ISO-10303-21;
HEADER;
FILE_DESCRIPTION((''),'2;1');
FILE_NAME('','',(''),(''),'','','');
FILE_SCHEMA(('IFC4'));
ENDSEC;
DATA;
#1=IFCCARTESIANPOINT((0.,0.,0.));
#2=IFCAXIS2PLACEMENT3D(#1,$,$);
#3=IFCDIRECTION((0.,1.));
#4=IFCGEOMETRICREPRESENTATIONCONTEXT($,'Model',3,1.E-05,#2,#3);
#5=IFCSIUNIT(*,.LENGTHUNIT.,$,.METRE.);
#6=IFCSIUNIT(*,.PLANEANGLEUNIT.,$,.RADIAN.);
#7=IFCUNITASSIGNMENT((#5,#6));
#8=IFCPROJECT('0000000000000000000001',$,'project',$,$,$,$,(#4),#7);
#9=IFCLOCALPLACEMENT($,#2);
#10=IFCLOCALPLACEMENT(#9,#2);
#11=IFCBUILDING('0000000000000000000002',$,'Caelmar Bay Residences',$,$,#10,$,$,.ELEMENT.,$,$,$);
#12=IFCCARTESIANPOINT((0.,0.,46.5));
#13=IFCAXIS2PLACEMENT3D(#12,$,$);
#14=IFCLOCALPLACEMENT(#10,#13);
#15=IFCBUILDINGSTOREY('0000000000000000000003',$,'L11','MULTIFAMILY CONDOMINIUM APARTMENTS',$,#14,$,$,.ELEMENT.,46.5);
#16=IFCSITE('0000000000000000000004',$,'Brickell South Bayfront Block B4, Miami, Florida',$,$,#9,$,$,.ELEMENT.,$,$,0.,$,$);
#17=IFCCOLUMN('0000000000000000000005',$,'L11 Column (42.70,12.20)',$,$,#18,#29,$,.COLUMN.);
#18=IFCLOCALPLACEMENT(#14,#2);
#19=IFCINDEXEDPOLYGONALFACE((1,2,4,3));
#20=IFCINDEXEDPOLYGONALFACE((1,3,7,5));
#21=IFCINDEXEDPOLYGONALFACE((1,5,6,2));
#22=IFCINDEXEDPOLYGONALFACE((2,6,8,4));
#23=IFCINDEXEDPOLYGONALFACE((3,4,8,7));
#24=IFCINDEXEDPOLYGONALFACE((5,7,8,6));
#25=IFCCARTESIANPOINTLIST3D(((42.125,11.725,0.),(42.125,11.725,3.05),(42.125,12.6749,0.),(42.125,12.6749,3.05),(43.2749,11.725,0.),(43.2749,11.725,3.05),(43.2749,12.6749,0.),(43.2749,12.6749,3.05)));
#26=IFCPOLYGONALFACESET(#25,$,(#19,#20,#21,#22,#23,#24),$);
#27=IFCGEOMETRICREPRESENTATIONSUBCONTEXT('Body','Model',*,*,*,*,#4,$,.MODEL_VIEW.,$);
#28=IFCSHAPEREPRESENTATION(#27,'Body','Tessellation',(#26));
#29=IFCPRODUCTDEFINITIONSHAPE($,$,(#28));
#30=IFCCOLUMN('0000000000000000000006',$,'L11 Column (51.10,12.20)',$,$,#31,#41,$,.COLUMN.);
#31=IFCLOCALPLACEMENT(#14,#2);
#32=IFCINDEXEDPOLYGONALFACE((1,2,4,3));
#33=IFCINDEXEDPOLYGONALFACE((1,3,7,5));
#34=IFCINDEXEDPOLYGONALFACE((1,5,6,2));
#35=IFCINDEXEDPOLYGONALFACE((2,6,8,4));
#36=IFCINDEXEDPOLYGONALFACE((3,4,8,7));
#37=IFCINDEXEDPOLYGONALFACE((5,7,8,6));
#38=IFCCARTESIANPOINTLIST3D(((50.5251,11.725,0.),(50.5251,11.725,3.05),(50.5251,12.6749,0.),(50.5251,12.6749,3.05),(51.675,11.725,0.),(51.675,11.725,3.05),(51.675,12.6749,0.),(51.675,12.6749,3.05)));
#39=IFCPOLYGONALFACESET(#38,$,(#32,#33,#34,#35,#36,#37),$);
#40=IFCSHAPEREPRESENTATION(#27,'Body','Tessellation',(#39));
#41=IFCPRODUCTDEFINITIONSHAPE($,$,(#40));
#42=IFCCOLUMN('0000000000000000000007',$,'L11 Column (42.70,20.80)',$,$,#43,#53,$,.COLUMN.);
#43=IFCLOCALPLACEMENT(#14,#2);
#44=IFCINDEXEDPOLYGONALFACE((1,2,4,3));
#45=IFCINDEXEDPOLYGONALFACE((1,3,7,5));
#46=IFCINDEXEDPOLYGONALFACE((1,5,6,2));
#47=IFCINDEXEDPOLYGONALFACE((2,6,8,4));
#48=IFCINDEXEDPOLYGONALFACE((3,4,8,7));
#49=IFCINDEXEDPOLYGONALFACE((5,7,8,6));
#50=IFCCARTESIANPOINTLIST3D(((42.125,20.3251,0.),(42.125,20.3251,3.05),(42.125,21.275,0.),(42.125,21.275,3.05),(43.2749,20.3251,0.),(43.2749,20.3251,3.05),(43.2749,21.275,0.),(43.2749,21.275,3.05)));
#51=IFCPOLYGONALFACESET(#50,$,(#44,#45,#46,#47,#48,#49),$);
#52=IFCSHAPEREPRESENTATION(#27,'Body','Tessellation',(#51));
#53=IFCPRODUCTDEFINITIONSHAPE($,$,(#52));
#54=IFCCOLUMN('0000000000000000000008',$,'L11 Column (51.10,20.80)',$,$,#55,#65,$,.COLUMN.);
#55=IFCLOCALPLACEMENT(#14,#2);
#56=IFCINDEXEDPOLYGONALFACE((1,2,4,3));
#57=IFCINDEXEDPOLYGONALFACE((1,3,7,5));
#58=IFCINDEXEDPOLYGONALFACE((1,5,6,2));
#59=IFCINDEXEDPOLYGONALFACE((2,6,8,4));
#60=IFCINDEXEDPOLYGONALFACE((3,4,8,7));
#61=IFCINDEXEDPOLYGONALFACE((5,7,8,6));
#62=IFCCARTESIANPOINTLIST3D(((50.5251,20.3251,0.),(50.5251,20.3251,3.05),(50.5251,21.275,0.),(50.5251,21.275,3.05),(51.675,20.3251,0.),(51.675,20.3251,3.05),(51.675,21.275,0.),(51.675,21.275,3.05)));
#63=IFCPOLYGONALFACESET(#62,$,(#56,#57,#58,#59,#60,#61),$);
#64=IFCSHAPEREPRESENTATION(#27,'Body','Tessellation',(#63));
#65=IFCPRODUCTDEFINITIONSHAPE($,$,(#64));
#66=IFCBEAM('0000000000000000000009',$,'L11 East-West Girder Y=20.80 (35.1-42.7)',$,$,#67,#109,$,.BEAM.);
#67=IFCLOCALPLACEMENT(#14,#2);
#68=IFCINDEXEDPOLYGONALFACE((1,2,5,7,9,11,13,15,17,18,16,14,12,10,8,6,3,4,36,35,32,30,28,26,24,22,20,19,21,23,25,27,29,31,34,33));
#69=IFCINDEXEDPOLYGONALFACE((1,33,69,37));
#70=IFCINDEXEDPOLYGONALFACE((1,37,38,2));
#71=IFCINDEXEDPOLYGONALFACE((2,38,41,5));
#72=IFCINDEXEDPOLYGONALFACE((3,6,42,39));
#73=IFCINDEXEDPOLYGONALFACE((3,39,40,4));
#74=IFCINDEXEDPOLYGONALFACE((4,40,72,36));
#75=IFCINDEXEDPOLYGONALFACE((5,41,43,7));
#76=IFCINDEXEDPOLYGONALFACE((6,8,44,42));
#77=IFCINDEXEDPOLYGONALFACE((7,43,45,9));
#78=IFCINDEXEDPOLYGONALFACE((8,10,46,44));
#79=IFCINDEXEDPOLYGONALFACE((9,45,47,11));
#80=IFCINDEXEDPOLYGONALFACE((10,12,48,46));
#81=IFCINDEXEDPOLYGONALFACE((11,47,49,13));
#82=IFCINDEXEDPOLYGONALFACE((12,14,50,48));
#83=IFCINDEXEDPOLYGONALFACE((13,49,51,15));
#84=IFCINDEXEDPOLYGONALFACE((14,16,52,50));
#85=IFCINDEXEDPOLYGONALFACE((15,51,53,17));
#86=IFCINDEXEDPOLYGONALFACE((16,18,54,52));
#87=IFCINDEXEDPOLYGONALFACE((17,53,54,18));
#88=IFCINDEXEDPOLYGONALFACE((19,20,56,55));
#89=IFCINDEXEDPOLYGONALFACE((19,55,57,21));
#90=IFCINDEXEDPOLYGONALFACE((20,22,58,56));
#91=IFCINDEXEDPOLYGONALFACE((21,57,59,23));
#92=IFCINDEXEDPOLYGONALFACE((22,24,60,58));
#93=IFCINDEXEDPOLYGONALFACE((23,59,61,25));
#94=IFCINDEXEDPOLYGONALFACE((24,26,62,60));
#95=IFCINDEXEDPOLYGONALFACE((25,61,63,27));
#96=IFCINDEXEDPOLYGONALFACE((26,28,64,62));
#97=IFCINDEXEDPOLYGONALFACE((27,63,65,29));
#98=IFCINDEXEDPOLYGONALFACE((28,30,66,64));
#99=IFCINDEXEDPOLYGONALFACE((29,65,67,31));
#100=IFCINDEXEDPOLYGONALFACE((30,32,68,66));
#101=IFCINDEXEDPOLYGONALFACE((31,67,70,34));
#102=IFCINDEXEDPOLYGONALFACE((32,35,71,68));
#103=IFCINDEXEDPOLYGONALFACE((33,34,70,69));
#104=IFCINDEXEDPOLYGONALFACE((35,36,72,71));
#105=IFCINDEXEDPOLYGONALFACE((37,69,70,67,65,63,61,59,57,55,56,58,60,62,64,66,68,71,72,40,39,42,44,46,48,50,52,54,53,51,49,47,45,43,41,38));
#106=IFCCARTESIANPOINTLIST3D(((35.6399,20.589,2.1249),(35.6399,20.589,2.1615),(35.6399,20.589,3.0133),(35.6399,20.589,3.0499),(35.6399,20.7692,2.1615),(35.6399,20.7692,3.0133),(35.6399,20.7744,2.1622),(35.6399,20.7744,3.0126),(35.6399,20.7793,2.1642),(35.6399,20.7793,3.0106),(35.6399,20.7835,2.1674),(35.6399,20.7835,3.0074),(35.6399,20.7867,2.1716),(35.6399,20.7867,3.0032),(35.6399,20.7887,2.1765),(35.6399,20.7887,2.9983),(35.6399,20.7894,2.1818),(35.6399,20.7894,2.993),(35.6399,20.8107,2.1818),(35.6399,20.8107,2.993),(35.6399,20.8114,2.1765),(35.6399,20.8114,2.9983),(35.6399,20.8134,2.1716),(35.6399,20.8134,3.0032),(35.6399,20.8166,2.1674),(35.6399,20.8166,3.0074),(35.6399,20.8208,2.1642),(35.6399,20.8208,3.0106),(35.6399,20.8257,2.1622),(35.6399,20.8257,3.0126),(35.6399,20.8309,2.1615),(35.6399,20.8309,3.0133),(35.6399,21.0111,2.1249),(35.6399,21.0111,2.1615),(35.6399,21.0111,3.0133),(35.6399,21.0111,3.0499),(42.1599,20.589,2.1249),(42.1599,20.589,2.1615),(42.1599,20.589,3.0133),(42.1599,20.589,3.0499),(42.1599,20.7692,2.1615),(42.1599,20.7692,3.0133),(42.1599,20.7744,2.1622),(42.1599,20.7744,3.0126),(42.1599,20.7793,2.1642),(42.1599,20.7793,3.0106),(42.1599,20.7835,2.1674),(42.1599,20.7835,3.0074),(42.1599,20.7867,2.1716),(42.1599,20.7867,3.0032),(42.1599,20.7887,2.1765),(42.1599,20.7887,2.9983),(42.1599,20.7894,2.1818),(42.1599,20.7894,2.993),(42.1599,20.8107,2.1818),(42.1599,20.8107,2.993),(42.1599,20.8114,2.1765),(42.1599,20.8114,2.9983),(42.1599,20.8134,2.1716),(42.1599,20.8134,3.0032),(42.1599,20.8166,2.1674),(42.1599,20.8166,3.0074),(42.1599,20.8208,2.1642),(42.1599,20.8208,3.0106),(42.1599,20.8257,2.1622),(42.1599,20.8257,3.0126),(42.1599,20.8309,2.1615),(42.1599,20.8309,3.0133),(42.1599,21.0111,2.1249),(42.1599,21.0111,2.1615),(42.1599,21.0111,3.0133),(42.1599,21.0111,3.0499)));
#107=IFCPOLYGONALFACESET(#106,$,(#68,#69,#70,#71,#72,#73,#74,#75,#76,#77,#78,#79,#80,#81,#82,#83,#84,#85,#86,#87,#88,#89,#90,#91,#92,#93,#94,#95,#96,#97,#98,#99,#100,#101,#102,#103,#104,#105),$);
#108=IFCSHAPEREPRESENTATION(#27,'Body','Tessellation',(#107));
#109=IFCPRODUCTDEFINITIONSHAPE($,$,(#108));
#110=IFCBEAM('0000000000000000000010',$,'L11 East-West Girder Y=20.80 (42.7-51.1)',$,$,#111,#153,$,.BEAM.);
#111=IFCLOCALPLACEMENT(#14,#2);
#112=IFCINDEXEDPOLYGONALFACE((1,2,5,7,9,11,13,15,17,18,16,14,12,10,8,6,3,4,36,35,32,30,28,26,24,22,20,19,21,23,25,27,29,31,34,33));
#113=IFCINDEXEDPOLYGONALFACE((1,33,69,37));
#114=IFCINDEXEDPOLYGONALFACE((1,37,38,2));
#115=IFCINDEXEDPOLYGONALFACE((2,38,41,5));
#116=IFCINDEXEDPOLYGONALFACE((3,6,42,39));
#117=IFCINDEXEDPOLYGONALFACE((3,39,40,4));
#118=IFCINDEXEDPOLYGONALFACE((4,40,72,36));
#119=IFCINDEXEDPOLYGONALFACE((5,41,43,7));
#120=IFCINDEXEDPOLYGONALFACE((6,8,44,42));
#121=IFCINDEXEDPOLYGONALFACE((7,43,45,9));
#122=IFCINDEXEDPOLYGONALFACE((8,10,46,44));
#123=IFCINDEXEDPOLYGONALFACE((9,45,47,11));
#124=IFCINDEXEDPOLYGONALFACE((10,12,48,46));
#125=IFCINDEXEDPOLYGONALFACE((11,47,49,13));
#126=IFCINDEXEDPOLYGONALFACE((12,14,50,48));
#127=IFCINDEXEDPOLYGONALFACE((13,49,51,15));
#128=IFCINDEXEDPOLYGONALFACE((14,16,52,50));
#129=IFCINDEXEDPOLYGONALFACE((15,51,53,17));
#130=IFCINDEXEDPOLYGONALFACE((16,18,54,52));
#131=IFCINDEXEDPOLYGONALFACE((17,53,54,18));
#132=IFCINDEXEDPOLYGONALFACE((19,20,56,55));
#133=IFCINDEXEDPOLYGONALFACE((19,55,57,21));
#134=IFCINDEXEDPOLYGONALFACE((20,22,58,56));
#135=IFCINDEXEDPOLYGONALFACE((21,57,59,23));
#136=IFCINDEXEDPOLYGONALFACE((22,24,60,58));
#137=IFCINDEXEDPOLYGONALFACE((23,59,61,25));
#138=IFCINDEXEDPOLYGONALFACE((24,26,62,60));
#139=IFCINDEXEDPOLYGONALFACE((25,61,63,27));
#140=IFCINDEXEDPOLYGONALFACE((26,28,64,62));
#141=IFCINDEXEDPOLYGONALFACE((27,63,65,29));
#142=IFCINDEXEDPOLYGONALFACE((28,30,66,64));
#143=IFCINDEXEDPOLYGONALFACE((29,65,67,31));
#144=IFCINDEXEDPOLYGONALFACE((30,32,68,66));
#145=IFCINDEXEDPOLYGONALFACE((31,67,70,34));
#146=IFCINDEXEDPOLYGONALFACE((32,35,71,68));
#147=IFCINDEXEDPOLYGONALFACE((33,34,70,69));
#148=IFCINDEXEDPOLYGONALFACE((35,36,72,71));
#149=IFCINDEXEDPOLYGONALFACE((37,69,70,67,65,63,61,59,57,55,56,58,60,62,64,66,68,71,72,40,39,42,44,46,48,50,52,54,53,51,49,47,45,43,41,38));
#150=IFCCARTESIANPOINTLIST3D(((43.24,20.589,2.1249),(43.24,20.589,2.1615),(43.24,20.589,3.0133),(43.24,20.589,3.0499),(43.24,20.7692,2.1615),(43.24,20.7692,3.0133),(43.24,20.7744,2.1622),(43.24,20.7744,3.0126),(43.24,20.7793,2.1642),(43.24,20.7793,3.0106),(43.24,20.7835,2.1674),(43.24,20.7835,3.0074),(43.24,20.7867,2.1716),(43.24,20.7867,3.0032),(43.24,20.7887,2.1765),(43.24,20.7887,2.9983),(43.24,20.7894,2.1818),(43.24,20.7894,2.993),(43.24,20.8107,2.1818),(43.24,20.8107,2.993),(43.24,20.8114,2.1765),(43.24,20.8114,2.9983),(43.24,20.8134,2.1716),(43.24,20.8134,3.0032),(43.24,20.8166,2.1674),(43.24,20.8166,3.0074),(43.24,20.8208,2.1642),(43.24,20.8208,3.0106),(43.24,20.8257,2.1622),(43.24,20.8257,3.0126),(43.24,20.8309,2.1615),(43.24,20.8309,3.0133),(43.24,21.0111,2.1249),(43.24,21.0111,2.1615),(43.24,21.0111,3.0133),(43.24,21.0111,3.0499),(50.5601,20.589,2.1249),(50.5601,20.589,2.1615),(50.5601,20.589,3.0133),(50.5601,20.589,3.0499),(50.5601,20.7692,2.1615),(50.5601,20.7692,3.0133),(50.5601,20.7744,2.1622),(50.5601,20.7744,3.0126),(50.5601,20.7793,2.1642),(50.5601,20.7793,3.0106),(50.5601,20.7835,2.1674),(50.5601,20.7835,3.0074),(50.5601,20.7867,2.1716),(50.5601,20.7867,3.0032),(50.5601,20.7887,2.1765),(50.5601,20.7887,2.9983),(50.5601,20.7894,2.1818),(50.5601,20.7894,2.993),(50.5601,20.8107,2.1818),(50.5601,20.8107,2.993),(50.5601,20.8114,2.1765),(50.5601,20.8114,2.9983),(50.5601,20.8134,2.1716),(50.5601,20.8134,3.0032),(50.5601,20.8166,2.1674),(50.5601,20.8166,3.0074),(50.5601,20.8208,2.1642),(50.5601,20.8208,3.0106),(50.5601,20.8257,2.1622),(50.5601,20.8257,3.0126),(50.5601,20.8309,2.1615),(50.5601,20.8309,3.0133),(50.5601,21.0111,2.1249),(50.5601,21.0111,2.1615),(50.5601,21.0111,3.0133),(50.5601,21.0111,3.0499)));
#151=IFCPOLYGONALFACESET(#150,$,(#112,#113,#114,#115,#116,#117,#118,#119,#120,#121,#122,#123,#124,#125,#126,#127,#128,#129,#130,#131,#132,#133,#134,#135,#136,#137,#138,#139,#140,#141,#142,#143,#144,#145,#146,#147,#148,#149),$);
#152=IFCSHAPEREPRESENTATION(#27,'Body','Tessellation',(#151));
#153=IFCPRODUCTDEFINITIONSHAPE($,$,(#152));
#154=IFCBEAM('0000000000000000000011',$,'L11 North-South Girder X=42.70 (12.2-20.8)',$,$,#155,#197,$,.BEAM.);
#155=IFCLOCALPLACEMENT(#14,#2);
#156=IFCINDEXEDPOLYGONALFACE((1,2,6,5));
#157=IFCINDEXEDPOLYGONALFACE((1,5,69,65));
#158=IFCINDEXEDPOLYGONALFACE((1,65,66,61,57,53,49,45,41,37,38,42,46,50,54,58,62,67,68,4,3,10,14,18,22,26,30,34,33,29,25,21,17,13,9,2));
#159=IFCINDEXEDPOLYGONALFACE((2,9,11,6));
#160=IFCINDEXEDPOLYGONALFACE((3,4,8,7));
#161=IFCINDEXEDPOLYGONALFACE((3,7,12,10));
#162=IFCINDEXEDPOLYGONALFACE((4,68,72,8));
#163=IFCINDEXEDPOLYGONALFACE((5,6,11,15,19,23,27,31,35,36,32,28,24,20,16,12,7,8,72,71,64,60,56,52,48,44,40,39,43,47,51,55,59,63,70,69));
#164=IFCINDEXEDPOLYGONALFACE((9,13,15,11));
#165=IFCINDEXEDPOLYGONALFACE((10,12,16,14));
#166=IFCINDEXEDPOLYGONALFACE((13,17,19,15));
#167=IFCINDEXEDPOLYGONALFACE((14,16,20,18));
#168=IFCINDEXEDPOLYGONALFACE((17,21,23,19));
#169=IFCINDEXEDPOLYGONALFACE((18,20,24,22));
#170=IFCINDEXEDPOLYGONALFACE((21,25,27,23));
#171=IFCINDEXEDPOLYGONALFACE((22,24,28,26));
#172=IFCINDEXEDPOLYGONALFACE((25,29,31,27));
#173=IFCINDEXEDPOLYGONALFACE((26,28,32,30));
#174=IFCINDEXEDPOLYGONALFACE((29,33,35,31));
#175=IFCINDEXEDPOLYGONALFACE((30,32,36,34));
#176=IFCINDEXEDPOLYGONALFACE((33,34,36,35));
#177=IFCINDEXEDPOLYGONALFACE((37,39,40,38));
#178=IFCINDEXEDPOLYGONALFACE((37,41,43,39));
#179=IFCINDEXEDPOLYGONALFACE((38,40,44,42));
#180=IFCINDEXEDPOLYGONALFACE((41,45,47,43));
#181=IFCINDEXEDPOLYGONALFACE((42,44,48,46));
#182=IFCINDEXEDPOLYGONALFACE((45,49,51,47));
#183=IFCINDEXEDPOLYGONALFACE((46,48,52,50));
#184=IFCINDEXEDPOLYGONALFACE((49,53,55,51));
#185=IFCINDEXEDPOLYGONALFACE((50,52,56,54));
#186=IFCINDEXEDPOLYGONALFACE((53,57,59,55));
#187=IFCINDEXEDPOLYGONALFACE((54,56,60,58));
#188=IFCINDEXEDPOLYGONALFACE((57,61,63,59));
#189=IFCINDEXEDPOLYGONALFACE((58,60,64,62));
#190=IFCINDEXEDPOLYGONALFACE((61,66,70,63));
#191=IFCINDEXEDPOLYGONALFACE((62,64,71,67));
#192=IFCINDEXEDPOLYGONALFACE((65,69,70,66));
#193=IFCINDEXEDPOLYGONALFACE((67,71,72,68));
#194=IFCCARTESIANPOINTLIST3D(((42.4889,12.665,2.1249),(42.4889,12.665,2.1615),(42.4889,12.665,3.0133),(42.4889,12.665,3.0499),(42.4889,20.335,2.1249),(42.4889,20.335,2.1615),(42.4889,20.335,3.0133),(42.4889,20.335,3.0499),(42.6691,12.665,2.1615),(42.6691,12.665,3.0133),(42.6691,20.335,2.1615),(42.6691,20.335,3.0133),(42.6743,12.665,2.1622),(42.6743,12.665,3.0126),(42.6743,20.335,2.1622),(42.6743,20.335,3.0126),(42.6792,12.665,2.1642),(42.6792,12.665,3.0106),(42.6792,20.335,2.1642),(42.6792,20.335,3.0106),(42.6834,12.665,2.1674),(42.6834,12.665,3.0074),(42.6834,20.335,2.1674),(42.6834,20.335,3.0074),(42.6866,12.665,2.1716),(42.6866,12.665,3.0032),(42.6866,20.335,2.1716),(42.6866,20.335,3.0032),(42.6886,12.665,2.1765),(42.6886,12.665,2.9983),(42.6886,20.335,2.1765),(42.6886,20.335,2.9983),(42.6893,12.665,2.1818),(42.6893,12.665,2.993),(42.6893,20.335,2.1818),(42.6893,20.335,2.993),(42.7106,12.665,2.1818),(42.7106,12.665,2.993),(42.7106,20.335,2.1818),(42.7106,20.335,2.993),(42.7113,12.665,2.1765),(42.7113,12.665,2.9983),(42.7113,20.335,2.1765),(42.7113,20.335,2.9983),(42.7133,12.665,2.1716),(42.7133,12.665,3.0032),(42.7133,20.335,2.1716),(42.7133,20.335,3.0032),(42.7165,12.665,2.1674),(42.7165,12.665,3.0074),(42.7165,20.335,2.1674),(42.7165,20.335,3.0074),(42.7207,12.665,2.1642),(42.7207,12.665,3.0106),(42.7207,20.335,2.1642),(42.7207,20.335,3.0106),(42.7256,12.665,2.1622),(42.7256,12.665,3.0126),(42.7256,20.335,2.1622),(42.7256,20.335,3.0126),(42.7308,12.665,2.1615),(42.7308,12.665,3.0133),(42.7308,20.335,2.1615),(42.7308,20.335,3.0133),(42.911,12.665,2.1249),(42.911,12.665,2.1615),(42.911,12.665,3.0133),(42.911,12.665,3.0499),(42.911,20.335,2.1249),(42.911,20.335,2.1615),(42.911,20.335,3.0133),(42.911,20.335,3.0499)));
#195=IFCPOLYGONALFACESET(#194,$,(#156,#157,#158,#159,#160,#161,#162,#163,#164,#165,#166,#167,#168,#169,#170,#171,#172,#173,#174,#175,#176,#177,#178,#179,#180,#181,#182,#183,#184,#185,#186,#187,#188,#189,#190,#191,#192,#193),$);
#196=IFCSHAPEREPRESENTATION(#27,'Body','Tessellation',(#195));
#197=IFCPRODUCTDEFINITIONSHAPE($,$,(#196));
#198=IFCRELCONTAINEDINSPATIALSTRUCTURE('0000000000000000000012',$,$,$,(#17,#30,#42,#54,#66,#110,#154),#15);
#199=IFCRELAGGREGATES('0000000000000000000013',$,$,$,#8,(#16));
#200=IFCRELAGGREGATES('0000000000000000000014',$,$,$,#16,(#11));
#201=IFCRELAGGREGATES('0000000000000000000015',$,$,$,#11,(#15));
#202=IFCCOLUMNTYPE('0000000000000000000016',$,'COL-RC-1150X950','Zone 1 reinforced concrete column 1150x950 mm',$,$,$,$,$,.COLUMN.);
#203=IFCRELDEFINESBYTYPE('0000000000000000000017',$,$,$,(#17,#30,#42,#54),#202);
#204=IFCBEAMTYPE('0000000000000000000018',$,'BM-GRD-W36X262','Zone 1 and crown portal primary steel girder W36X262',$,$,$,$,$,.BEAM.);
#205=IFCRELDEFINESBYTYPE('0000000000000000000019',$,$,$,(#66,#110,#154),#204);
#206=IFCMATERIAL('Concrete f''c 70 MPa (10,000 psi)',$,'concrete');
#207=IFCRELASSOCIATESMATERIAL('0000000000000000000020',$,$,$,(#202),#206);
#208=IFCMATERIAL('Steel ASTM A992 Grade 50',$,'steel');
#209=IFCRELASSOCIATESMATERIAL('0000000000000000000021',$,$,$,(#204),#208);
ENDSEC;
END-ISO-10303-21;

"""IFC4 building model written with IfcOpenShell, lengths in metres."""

from ifc_helpers import new_model, si_unit, direction, frame, origin, origin_2d, place, context, subcontext, project, spatial, rectangle, i_section, extrude, material, material_profile, profile_set, type_object, element, save


model = new_model("IFC4")

# Units and contexts
model_context = context("Model", 3, precision=1e-05, world=origin(), true_north=direction((0.0, 1.0)))
body_context = subcontext(model_context, "Body", "Model", "MODEL_VIEW")
ifc_project = project(units=[si_unit("LENGTHUNIT", "METRE"), si_unit("PLANEANGLEUNIT", "RADIAN")], contexts=[model_context])

# Site, building, storey
site_placement = place(None, origin())
site = spatial("IfcSite", under=ifc_project, at=site_placement, Name="Brickell South Bayfront Block B4, Miami, Florida", CompositionType="ELEMENT", RefElevation=0.0)
building_placement = place(site_placement, origin())
building = spatial("IfcBuilding", under=site, at=building_placement, Name="Caelmar Bay Residences", CompositionType="ELEMENT")
storey_placement = place(building_placement, frame((0.0, 0.0, 46.5)))
storey = spatial("IfcBuildingStorey", under=building, at=storey_placement, Name="L11", Description="MULTIFAMILY CONDOMINIUM APARTMENTS", CompositionType="ELEMENT", Elevation=46.5)

# Columns
ifc_material_1 = material(Name="Concrete f'c 70 MPa (10,000 psi)", Category="concrete")
ifc_material_profile_1 = material_profile(ifc_material_1, rectangle(XDim=1.1499, YDim=0.95, at=origin_2d()), Name="RC-COL-1150X950")
ifc_profile_set_1 = profile_set([ifc_material_profile_1], Name="Concrete f'c 70 MPa (10,000 psi)")
column_type = type_object("IfcColumnType", Name="COL-RC-1150X950", Description="Zone 1 reinforced concrete column 1150x950 mm", PredefinedType="COLUMN", material=ifc_profile_set_1)
for number, where, z_axis, x_axis, name in (
    (1, (42.7, 12.2, 0.0), (0.0, 0.0, 1.0), (1.0, 0.0, 0.0), "L11 Column (42.70,12.20)"),
    (2, (51.1001, 12.2, 0.0), (0.0, 0.0, 1.0), (1.0, 0.0, 0.0), "L11 Column (51.10,12.20)"),
    (3, (42.7, 20.8, 0.0), (0.0, 0.0, 1.0), (1.0, 0.0, 0.0), "L11 Column (42.70,20.80)"),
    (4, (51.1001, 20.8, 0.0), (0.0, 0.0, 1.0), (1.0, 0.0, 0.0), "L11 Column (51.10,20.80)"),
):
    element("IfcColumn", number, at=place(storey_placement, frame(where, z_axis=z_axis, x_axis=x_axis)), inside=storey, type_object=column_type, Name=name, PredefinedType="COLUMN", context=body_context, shape_type="SweptSolid", body=[
        extrude(rectangle(XDim=1.1499, YDim=0.95, at=origin_2d()), origin(), (0.0, 0.0, 1.0), 3.05),
    ])

# Beams
ifc_material_2 = material(Name="Steel ASTM A992 Grade 50", Category="steel")
ifc_material_profile_2 = material_profile(ifc_material_2, i_section(OverallWidth=0.4221, OverallDepth=0.925, WebThickness=0.0212, FlangeThickness=0.0366, FilletRadius=0.0203, at=origin_2d()), Name="W36X262")
ifc_profile_set_2 = profile_set([ifc_material_profile_2], Name="Steel ASTM A992 Grade 50")
beam_type_1 = type_object("IfcBeamType", Name="BM-GRD-W36X262", Description="Zone 1 and crown portal primary steel girder W36X262", PredefinedType="BEAM", material=ifc_profile_set_2)
beam_1_placement = place(storey_placement, frame((35.6399, 20.8, 2.5874), z_axis=(1.0, 0.0, 0.0), x_axis=(0.0, 1.0, 0.0)))
element("IfcBeam", 5, at=beam_1_placement, inside=storey, type_object=beam_type_1, Name="L11 East-West Girder Y=20.80 (35.1-42.7)", PredefinedType="BEAM", context=body_context, shape_type="SweptSolid", body=[
    extrude(i_section(OverallWidth=0.4221, OverallDepth=0.925, WebThickness=0.0212, FlangeThickness=0.0366, FilletRadius=0.0203, at=origin_2d()), origin(), (0.0, 0.0, 1.0), 6.52),
])
beam_2_placement = place(storey_placement, frame((43.24, 20.8, 2.5874), z_axis=(1.0, 0.0, 0.0), x_axis=(0.0, 1.0, 0.0)))
element("IfcBeam", 6, at=beam_2_placement, inside=storey, type_object=beam_type_1, Name="L11 East-West Girder Y=20.80 (42.7-51.1)", PredefinedType="BEAM", context=body_context, shape_type="SweptSolid", body=[
    extrude(i_section(OverallWidth=0.4221, OverallDepth=0.925, WebThickness=0.0212, FlangeThickness=0.0366, FilletRadius=0.0203, at=origin_2d()), origin(), (0.0, 0.0, 1.0), 7.3201),
])
beam_3_placement = place(storey_placement, frame((42.7, 12.665, 2.5874), z_axis=(0.0, 1.0, 0.0), x_axis=(-1.0, 0.0, 0.0)))
element("IfcBeam", 7, at=beam_3_placement, inside=storey, type_object=beam_type_1, Name="L11 North-South Girder X=42.70 (12.2-20.8)", PredefinedType="BEAM", context=body_context, shape_type="SweptSolid", body=[
    extrude(i_section(OverallWidth=0.4221, OverallDepth=0.925, WebThickness=0.0212, FlangeThickness=0.0366, FilletRadius=0.0203, at=origin_2d()), origin(), (0.0, 0.0, 1.0), 7.6699),
])

save(model, "model.ifc")
